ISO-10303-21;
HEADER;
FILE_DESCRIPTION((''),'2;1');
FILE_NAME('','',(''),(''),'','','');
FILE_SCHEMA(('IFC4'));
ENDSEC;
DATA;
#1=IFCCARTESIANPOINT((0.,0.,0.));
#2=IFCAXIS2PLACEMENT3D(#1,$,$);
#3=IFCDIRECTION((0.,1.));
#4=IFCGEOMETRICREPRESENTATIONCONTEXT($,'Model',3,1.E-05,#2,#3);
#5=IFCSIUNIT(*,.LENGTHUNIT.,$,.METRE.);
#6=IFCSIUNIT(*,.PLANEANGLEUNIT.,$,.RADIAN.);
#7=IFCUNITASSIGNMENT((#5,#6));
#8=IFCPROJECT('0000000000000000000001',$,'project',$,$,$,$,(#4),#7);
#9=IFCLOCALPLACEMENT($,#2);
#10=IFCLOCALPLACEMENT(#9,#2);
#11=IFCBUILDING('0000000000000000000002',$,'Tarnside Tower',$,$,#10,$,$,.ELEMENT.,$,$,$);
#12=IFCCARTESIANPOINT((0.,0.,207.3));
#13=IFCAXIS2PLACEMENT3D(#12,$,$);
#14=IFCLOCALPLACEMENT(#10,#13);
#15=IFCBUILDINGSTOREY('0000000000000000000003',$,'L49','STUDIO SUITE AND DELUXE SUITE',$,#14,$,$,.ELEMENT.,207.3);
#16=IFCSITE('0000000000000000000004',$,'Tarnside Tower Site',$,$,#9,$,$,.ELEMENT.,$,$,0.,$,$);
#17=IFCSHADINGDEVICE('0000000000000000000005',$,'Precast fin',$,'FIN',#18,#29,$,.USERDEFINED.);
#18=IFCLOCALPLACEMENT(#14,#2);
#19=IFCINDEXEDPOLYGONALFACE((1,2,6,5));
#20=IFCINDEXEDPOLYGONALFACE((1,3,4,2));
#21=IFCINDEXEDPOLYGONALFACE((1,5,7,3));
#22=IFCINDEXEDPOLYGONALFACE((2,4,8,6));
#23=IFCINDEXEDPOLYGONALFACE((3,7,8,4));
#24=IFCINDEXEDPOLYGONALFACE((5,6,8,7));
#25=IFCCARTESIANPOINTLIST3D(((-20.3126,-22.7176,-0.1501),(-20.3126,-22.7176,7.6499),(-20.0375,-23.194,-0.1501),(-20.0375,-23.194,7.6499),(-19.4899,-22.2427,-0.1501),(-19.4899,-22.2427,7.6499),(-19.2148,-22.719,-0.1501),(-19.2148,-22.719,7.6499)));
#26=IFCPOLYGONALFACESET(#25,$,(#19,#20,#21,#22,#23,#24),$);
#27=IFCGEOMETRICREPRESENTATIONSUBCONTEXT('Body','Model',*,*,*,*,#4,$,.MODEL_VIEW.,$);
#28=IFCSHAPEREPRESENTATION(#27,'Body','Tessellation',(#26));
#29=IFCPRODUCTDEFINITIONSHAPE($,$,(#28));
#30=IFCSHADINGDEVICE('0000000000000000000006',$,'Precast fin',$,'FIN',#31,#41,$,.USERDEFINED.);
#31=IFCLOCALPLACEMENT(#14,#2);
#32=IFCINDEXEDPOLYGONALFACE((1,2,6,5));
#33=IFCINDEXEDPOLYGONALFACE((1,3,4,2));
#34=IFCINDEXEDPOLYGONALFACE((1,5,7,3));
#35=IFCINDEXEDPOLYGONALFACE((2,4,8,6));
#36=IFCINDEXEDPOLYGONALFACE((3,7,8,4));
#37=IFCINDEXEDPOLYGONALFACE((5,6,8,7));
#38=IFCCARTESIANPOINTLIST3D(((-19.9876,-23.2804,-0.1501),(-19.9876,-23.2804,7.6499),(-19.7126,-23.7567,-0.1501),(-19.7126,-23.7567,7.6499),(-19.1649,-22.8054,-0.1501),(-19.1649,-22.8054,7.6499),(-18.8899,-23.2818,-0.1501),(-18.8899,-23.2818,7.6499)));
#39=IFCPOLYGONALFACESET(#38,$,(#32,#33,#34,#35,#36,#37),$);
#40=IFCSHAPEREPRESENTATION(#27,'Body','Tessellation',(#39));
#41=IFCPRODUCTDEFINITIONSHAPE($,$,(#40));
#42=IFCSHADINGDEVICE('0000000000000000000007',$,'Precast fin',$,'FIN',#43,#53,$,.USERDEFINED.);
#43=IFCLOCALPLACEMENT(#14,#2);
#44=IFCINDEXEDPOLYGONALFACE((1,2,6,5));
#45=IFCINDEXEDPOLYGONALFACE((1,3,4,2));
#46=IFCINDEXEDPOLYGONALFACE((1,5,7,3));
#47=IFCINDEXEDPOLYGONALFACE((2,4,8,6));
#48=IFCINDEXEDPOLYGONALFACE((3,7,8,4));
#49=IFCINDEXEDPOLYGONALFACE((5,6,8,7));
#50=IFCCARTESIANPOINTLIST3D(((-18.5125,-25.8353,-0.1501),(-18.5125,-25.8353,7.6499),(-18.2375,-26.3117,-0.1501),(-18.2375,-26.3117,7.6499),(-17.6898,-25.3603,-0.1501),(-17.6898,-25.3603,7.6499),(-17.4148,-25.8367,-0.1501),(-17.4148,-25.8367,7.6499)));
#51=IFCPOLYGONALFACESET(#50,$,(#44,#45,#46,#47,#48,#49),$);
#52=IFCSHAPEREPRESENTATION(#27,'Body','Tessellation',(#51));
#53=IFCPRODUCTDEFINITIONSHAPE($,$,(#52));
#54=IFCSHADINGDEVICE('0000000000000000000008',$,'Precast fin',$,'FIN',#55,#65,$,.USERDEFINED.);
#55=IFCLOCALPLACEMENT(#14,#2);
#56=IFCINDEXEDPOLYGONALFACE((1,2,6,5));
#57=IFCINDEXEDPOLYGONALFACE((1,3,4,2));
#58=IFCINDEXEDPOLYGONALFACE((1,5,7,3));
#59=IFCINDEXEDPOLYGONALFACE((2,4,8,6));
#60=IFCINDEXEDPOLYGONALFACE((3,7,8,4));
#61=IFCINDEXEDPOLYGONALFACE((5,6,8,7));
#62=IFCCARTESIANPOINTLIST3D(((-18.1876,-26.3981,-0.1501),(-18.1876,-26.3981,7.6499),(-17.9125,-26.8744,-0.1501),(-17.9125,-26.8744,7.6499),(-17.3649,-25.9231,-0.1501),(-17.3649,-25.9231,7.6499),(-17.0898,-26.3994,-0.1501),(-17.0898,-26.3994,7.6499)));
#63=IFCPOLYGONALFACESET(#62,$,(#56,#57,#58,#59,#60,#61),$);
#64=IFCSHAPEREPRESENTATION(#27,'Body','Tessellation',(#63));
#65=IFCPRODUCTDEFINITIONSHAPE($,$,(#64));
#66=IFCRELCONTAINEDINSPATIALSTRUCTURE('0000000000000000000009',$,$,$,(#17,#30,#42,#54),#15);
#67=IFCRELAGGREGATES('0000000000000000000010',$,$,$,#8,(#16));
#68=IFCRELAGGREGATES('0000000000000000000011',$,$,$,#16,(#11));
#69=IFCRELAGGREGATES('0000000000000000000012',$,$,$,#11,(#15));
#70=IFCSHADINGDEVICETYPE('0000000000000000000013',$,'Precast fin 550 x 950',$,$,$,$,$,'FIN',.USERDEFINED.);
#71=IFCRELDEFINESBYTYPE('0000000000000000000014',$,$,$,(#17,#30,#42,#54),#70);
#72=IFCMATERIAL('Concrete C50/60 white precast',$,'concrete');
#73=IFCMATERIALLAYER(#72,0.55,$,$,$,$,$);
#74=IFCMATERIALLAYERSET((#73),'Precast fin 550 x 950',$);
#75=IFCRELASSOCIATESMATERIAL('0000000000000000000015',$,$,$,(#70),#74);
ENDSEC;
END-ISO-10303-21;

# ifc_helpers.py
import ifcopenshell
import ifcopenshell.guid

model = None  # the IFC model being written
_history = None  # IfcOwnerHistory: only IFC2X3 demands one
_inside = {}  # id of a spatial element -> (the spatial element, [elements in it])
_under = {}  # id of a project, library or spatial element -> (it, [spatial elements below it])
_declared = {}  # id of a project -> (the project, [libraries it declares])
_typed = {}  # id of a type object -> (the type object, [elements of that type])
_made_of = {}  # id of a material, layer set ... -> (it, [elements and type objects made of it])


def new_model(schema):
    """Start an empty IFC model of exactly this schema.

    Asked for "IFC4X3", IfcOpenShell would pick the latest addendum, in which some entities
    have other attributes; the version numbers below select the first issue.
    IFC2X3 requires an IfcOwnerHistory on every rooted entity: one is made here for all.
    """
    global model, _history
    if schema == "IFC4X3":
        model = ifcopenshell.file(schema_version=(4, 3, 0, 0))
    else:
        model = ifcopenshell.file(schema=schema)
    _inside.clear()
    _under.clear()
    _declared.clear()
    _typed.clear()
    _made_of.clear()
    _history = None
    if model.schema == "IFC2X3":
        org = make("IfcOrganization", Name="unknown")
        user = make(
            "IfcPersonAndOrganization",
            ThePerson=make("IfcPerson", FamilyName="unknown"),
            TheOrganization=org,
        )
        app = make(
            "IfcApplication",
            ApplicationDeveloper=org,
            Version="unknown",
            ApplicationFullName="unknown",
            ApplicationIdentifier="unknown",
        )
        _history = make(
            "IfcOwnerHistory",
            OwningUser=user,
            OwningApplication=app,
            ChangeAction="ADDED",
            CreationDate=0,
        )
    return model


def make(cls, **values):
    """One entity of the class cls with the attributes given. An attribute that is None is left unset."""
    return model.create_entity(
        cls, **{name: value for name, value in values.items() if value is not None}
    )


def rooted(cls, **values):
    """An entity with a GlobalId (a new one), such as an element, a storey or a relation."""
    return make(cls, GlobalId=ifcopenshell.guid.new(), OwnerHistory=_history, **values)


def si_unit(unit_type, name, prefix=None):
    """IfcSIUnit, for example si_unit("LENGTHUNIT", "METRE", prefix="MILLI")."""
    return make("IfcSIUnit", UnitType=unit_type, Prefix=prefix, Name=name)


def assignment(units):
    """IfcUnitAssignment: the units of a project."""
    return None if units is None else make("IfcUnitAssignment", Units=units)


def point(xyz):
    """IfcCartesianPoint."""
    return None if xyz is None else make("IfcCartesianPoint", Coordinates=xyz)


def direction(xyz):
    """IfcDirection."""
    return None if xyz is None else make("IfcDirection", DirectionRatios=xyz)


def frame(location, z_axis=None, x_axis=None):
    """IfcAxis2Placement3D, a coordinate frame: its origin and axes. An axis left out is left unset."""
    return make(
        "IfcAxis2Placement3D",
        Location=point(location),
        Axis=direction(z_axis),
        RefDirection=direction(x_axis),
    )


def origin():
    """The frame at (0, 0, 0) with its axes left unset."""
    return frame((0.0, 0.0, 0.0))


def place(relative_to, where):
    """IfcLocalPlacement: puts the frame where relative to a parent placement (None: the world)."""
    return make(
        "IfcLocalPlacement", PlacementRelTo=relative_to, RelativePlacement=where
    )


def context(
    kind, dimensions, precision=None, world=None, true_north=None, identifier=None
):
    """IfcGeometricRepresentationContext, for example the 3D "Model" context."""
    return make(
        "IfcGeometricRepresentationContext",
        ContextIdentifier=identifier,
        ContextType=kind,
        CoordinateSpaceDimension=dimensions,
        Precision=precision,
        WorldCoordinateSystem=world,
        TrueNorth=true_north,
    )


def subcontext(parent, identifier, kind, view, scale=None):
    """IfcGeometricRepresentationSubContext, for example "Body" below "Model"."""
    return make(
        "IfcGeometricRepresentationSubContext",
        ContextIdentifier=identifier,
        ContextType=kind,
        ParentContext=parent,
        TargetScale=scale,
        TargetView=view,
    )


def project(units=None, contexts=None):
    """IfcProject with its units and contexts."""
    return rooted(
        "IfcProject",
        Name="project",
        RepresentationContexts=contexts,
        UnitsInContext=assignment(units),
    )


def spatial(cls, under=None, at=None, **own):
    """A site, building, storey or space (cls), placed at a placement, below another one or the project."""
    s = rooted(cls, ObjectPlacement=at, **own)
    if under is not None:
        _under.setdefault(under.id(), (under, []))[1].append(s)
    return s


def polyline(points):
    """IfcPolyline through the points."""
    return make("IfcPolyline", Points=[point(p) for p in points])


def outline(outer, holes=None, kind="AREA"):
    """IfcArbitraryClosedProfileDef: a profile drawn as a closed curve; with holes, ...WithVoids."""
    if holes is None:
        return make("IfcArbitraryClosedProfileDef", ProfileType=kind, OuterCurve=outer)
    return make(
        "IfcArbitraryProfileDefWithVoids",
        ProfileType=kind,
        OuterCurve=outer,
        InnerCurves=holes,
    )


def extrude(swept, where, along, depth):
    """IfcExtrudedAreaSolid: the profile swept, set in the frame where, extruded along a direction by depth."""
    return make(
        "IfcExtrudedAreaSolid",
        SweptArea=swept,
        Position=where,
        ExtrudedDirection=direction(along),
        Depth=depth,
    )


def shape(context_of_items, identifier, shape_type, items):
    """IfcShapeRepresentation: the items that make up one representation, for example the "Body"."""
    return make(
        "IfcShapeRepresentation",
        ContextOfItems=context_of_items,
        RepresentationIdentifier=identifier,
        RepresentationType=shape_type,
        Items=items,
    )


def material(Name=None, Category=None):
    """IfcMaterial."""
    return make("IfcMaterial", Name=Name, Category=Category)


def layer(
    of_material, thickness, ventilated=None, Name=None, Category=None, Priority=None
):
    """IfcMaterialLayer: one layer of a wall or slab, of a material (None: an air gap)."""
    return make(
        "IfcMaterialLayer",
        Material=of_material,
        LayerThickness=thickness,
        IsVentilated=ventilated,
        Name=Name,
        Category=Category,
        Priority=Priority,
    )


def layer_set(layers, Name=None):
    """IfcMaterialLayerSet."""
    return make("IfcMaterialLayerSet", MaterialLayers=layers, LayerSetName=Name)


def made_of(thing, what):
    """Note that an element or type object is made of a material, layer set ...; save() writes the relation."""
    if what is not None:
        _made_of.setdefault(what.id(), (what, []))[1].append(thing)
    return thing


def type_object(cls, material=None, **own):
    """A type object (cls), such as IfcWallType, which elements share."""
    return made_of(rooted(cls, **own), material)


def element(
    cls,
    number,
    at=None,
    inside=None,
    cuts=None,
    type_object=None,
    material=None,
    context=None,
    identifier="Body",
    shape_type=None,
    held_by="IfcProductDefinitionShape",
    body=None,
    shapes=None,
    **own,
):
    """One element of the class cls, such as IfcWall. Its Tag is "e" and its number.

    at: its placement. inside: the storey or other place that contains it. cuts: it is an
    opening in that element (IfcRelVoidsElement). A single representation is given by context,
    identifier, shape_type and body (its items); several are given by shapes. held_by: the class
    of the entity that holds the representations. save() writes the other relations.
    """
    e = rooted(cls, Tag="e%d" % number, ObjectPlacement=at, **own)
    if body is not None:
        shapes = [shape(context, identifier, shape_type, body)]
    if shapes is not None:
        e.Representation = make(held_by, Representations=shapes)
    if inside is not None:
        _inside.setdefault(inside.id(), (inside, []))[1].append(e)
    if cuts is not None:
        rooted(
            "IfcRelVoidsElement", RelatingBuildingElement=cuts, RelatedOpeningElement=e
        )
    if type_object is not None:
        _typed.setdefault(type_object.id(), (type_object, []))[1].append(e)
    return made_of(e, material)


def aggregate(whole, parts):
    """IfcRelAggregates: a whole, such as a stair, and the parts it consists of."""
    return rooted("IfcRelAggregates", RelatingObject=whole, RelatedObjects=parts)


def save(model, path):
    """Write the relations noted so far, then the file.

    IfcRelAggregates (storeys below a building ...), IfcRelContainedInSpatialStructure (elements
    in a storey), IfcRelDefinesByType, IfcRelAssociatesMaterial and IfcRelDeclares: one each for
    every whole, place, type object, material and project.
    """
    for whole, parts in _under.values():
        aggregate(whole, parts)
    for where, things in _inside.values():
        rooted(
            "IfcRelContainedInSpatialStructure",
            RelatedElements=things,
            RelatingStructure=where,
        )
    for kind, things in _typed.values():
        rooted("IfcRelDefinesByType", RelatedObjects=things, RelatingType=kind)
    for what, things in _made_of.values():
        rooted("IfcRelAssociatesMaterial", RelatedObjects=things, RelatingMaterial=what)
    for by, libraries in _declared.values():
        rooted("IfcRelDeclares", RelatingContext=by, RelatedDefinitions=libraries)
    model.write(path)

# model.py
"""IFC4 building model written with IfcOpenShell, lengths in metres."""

from ifc_helpers import new_model, si_unit, direction, frame, origin, place, context, subcontext, project, spatial, polyline, outline, extrude, material, layer, layer_set, type_object, element, save


model = new_model("IFC4")

# Units and contexts
model_context = context("Model", 3, precision=1e-05, world=origin(), true_north=direction((0.0, 1.0)))
body_context = subcontext(model_context, "Body", "Model", "MODEL_VIEW")
ifc_project = project(units=[si_unit("LENGTHUNIT", "METRE"), si_unit("PLANEANGLEUNIT", "RADIAN")], contexts=[model_context])

# Site, building, storey
site_placement = place(None, origin())
site = spatial("IfcSite", under=ifc_project, at=site_placement, Name="Tarnside Tower Site", CompositionType="ELEMENT", RefElevation=0.0)
building_placement = place(site_placement, origin())
building = spatial("IfcBuilding", under=site, at=building_placement, Name="Tarnside Tower", CompositionType="ELEMENT")
storey_placement = place(building_placement, frame((0.0, 0.0, 207.3)))
storey = spatial("IfcBuildingStorey", under=building, at=storey_placement, Name="L49", Description="STUDIO SUITE AND DELUXE SUITE", CompositionType="ELEMENT", Elevation=207.3)

# Shading devices
ifc_material_1 = material(Name="Concrete C50/60 white precast", Category="concrete")
ifc_layer_1 = layer(ifc_material_1, 0.55)
ifc_layer_set_1 = layer_set([ifc_layer_1], Name="Precast fin 550 x 950")
shading_device_type_1 = type_object("IfcShadingDeviceType", Name="Precast fin 550 x 950", ElementType="FIN", PredefinedType="USERDEFINED", material=ifc_layer_set_1)
for number, where, z_axis, x_axis, name in (
    (1, (-19.3523, -22.481, -0.1501), (-0.5, 0.866025, 0.0), (-0.866025, -0.5, 0.0), "Precast fin"),
    (2, (-19.0273, -23.0437, -0.1501), (-0.5, 0.866025, 0.0), (-0.866025, -0.5, 0.0), "Precast fin"),
    (3, (-17.5522, -25.5986, -0.1501), (-0.5, 0.866025, 0.0), (-0.866025, -0.5, 0.0), "Precast fin"),
    (4, (-17.2273, -26.1614, -0.1501), (-0.5, 0.866025, 0.0), (-0.866025, -0.5, 0.0), "Precast fin"),
):
    element("IfcShadingDevice", number, at=place(storey_placement, frame(where, z_axis=z_axis, x_axis=x_axis)), inside=storey, type_object=shading_device_type_1, Name=name, ObjectType="FIN", PredefinedType="USERDEFINED", context=body_context, shape_type="SweptSolid", body=[
        extrude(outline(polyline([(0.0, 0.0), (0.95, 0.0), (0.95, 7.8), (0.0, 7.8), (0.0, 0.0)])), frame((0.0, 0.0, -0.2749)), (0.0, 0.0, 1.0), 0.55),
    ])

save(model, "model.ifc")
